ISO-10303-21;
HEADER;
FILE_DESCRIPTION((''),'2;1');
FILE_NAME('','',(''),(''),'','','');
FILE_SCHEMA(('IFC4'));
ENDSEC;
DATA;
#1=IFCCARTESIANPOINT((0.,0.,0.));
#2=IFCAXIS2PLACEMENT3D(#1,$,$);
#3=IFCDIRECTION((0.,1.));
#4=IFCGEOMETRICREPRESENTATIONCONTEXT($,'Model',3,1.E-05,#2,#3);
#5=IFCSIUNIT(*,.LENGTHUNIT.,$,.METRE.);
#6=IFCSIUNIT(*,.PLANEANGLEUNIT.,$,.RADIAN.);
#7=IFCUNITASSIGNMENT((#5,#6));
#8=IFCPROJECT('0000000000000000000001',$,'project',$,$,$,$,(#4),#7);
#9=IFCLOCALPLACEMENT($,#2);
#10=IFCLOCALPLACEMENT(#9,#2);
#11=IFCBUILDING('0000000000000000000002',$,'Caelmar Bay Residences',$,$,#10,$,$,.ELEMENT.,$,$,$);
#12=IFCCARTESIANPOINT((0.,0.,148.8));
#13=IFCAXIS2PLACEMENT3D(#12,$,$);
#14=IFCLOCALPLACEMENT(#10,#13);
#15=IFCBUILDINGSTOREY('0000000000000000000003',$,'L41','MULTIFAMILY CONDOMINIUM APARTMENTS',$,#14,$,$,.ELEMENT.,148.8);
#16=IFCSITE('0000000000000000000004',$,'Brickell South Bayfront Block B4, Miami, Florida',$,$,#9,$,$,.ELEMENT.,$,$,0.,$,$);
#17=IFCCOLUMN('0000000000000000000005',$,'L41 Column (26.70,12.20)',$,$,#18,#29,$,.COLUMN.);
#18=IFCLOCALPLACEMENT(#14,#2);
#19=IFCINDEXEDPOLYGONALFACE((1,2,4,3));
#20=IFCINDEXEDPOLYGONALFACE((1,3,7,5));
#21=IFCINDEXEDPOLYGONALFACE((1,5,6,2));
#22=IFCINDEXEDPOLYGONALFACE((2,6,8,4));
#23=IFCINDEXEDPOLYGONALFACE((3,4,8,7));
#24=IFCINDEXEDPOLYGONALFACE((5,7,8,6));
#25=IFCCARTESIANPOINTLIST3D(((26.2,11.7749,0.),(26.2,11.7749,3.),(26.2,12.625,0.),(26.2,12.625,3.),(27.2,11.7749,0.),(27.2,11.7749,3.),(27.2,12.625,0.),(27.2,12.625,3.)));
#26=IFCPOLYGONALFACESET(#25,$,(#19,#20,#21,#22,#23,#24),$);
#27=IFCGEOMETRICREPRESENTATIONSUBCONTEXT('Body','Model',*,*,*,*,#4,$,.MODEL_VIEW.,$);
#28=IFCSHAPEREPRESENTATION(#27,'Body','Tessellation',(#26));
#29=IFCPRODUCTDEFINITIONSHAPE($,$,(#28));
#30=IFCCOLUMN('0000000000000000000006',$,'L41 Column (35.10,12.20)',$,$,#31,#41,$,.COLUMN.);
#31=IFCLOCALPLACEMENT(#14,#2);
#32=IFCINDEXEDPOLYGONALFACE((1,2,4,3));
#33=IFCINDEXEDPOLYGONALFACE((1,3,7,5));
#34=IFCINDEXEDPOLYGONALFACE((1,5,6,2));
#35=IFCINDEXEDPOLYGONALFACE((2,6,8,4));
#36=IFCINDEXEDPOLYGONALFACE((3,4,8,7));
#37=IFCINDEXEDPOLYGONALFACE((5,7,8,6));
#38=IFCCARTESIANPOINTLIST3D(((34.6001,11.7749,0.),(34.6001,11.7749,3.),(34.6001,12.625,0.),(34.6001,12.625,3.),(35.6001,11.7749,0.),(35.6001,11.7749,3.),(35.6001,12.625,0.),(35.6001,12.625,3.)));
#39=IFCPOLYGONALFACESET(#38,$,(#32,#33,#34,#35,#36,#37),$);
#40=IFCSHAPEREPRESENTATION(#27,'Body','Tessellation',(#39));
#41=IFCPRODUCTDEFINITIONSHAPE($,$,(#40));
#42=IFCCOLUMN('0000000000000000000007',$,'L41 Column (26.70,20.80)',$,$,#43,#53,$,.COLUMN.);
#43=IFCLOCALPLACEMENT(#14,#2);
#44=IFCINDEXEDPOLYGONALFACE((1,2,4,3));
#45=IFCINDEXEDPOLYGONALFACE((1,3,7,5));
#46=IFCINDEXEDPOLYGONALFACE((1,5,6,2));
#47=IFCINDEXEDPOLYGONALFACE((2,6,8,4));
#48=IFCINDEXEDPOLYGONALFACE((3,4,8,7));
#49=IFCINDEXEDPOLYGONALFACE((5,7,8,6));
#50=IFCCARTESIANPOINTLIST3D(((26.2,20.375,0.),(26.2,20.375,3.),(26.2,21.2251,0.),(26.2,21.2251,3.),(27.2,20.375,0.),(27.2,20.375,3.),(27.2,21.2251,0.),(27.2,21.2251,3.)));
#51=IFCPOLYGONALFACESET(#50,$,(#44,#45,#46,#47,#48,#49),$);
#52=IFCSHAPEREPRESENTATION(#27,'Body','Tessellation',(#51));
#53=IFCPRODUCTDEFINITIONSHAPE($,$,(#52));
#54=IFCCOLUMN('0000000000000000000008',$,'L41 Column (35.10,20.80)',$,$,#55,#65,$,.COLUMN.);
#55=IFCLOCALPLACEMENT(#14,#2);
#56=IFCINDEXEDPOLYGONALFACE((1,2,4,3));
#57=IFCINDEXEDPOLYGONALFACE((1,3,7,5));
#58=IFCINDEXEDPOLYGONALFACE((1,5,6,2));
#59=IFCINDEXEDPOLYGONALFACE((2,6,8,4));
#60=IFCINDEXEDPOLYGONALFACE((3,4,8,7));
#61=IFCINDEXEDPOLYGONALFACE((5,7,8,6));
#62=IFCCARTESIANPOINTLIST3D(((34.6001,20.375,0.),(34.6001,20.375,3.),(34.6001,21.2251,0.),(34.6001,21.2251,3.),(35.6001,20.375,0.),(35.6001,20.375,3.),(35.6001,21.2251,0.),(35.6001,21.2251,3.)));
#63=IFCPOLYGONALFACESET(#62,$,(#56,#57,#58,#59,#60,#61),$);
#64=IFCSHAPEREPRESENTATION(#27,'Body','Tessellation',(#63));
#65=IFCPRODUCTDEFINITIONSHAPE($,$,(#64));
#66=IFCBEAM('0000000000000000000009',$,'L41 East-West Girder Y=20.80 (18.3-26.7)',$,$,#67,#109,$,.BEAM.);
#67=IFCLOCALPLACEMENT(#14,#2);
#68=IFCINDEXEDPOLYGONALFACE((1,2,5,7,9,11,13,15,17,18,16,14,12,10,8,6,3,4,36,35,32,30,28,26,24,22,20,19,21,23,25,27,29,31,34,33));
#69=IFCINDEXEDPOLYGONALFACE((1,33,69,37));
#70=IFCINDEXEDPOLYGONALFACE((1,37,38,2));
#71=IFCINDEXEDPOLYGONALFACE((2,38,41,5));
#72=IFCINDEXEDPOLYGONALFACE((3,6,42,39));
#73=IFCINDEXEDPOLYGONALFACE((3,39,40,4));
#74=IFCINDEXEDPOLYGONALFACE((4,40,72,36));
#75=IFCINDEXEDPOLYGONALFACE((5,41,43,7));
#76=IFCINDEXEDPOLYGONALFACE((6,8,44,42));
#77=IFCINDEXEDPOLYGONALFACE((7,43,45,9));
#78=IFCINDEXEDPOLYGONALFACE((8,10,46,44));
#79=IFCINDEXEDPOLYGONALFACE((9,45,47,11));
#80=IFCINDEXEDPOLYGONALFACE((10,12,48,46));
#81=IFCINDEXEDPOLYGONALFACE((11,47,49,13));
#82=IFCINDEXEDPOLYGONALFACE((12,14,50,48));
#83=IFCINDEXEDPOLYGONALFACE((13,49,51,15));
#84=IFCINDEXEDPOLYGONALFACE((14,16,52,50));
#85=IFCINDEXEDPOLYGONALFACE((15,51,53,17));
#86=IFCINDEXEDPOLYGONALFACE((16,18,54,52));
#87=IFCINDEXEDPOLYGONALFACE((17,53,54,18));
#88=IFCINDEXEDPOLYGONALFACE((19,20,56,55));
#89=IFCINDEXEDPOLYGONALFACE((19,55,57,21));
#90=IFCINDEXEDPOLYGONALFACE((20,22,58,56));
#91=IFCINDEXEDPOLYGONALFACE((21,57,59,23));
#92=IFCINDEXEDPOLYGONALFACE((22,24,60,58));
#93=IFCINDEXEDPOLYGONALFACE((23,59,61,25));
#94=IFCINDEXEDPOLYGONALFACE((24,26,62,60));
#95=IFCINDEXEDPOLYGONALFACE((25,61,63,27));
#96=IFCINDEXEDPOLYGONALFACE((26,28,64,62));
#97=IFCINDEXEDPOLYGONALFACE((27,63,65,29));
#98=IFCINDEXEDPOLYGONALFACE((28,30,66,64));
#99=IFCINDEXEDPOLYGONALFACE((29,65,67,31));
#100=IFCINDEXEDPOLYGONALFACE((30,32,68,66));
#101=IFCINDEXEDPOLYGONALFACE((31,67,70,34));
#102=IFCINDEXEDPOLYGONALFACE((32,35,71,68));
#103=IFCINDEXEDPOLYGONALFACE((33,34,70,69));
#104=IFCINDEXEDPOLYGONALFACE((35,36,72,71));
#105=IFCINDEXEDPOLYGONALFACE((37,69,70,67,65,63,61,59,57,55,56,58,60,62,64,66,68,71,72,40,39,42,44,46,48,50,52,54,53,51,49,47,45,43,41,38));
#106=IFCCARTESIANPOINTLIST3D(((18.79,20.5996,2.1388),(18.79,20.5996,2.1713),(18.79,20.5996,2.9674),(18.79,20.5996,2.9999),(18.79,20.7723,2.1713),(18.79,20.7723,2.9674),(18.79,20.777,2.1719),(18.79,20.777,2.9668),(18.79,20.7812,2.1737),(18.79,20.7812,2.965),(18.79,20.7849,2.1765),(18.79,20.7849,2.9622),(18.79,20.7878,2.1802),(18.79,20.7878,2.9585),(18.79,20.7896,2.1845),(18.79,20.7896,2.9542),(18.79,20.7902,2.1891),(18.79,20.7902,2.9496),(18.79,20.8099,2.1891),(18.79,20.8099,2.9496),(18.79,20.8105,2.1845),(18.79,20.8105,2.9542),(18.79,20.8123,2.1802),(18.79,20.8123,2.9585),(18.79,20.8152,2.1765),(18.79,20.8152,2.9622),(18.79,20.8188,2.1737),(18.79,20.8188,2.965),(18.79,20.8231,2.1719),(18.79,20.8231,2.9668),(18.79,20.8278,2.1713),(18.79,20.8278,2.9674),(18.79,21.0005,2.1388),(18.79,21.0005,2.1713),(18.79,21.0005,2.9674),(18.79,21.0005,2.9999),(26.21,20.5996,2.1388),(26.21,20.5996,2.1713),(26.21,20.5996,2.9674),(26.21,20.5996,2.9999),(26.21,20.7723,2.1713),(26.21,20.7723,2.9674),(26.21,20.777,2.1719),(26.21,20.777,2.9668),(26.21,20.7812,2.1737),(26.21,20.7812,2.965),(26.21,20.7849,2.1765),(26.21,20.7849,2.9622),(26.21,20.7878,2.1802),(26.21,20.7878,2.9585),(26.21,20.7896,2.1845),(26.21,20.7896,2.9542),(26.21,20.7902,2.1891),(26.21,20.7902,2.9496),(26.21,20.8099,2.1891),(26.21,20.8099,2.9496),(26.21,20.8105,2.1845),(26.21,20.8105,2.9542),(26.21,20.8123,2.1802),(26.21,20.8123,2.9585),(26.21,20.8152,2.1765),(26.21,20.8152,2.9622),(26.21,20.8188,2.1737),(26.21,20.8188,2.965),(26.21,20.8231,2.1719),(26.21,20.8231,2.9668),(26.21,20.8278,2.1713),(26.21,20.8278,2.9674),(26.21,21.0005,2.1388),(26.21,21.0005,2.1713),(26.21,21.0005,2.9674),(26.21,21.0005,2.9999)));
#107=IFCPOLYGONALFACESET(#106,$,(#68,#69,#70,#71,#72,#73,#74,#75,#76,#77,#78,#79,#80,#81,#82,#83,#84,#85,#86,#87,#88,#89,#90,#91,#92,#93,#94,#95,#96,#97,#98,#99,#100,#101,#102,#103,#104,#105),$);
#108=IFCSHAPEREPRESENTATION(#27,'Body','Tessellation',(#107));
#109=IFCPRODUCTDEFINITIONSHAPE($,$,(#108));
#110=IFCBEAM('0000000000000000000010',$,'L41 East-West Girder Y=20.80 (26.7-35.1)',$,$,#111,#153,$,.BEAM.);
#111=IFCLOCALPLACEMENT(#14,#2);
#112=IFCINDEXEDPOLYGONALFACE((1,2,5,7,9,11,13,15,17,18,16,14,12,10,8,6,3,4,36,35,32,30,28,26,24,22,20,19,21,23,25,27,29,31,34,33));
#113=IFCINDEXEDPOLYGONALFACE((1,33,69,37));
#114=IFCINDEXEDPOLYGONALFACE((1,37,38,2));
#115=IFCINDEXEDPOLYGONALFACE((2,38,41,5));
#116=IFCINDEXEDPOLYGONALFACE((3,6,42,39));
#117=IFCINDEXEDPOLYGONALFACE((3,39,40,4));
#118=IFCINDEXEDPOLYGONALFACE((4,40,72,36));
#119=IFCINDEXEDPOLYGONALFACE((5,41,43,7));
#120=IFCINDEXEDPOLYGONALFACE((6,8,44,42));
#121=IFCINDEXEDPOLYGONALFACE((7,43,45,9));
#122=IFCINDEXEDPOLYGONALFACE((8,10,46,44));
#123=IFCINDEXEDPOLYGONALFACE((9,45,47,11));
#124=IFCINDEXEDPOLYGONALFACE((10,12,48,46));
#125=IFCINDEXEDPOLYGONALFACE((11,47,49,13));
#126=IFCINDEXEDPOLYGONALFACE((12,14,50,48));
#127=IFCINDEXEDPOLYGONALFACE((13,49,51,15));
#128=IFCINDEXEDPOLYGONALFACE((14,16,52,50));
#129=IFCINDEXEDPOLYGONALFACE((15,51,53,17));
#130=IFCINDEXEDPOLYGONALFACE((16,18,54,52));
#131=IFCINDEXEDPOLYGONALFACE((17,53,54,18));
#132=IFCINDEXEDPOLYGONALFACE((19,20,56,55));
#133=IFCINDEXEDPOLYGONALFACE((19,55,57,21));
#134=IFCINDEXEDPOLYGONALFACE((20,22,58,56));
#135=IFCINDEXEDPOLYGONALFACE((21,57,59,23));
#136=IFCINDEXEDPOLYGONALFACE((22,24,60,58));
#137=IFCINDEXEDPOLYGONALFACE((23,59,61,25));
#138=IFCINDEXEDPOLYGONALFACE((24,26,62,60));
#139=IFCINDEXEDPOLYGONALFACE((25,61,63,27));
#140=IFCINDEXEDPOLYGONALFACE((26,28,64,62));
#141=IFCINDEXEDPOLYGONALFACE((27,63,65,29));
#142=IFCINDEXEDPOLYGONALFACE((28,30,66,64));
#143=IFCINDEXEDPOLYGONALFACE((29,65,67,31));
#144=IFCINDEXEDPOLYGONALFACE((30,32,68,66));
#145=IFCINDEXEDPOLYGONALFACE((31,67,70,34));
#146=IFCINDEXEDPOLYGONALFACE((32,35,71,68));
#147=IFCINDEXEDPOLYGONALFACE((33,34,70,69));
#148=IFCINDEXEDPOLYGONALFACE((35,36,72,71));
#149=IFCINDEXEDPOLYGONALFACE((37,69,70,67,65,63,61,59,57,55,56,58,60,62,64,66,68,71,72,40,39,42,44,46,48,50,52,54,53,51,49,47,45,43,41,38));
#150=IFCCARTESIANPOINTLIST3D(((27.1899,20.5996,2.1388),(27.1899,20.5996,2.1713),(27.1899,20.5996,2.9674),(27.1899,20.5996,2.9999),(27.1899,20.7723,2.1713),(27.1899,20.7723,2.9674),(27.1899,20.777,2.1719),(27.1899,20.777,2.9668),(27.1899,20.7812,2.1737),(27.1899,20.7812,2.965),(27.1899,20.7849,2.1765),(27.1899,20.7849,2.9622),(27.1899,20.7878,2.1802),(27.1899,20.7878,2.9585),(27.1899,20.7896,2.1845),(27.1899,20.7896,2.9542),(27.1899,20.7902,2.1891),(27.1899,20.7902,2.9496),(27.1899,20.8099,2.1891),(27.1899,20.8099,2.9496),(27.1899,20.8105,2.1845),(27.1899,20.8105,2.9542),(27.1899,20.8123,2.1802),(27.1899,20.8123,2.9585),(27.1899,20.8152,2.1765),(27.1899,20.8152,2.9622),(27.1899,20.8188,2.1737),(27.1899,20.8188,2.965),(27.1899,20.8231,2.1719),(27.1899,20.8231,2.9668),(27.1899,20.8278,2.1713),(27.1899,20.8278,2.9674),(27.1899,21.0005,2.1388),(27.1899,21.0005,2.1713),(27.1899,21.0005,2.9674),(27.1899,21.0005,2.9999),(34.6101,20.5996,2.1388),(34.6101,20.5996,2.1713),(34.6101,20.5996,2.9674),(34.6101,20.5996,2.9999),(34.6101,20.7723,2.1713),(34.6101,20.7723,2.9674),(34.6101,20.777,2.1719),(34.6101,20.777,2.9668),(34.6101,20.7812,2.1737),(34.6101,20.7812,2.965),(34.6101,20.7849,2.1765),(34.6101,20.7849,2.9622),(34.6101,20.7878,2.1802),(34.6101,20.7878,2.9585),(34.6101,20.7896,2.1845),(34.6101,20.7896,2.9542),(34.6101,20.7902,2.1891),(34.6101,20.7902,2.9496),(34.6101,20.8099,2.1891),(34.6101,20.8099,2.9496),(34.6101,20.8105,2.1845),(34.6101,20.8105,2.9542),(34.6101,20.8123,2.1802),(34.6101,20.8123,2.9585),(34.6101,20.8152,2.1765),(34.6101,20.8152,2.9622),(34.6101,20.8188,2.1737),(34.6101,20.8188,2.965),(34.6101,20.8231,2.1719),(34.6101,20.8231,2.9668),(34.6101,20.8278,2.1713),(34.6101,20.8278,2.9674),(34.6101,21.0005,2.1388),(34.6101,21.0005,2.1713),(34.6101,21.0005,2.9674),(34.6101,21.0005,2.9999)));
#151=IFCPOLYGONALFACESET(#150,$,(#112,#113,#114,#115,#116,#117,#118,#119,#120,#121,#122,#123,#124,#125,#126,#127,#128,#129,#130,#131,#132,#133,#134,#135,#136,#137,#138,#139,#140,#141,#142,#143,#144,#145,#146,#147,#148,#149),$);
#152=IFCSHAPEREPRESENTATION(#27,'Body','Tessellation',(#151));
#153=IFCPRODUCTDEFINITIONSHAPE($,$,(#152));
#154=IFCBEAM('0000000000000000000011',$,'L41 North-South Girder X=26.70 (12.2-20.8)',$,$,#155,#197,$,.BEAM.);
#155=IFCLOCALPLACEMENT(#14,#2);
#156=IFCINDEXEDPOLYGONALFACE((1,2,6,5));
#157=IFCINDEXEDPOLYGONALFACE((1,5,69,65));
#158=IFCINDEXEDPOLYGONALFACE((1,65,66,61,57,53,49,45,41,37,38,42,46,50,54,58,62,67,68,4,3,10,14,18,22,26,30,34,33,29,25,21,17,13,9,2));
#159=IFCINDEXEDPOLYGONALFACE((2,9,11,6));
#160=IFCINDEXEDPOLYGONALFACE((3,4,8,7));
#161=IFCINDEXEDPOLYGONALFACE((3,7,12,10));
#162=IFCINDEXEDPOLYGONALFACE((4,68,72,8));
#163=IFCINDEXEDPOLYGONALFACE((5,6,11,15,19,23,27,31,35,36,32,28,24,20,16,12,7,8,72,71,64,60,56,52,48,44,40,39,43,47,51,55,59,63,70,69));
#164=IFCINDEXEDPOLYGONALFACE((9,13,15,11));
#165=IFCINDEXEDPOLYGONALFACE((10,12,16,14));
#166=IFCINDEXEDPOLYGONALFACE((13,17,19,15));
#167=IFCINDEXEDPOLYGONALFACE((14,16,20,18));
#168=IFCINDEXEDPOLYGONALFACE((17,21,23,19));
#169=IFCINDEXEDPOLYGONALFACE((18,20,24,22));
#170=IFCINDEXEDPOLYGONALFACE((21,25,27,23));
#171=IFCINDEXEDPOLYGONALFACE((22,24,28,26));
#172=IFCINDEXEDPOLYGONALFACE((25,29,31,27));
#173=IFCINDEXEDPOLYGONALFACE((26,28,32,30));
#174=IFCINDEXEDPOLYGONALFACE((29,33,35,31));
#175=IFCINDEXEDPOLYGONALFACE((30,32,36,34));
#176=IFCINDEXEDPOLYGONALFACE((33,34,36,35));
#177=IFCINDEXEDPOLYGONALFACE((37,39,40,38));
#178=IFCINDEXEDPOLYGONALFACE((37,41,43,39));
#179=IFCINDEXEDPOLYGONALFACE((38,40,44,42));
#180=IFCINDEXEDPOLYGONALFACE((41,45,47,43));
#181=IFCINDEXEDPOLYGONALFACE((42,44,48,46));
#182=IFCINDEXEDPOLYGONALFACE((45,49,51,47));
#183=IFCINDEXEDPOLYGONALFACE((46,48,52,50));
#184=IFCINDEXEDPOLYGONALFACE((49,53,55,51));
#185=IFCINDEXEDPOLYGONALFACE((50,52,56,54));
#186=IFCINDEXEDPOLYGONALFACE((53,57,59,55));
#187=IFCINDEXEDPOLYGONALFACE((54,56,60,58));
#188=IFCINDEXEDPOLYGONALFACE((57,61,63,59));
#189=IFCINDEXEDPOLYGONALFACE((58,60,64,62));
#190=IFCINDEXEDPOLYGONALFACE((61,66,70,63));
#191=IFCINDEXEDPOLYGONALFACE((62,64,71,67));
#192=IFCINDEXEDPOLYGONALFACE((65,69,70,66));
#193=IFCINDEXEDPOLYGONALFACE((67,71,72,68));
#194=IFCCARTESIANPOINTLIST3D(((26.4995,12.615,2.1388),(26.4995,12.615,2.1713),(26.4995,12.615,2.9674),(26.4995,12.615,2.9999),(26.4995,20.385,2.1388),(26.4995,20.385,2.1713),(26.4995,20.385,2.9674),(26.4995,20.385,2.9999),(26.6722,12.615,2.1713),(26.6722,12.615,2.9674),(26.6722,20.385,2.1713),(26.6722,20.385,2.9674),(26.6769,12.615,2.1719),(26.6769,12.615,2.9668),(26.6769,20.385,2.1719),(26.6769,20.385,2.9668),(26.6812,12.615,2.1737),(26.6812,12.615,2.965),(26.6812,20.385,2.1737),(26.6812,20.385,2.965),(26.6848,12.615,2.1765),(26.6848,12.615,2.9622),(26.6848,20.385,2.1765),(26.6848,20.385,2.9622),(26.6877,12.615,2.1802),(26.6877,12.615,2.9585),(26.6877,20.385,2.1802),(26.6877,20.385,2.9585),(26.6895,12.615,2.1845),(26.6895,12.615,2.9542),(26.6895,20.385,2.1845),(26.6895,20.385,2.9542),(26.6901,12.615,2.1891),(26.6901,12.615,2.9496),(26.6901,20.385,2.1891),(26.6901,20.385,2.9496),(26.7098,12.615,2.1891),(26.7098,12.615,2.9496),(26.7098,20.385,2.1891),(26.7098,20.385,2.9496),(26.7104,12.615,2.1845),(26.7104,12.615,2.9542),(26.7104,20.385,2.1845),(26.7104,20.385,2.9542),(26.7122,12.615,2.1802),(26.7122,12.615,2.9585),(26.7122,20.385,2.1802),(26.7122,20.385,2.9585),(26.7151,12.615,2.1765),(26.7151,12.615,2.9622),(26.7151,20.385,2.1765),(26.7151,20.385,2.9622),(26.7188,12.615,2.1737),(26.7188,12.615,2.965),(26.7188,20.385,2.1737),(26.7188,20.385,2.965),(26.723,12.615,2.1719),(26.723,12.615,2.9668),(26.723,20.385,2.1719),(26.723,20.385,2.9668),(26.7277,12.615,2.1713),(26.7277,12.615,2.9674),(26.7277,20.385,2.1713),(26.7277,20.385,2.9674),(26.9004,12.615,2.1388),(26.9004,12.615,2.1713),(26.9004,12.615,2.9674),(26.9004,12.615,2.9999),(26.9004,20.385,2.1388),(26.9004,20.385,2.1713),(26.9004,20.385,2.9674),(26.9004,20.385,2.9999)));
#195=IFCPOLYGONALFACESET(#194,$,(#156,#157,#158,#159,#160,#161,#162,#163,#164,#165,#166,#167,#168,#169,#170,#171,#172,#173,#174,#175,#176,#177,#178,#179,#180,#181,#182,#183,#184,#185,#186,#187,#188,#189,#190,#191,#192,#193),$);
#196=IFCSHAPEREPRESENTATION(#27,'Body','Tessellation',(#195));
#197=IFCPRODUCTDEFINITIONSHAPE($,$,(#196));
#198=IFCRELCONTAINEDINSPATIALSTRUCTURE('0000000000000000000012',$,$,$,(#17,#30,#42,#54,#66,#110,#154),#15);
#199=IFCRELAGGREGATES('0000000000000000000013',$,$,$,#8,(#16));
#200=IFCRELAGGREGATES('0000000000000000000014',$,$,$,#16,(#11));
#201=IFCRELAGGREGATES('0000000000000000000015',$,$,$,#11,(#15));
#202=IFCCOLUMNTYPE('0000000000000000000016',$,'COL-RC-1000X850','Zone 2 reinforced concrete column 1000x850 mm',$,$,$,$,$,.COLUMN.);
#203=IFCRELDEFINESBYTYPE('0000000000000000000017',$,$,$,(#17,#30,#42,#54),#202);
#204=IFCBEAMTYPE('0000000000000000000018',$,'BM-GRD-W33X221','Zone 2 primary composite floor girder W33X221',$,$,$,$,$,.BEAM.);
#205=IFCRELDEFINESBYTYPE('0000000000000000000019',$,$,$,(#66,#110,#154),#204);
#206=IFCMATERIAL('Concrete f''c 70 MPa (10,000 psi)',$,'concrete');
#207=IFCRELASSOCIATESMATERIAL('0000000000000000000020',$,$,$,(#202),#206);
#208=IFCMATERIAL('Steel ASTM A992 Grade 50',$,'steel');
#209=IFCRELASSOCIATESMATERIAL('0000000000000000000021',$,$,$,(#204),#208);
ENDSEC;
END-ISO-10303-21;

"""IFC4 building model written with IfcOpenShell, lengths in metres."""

from ifc_helpers import new_model, si_unit, direction, frame, origin, origin_2d, place, context, subcontext, project, spatial, rectangle, i_section, extrude, material, material_profile, profile_set, type_object, element, save


model = new_model("IFC4")

# Units and contexts
model_context = context("Model", 3, precision=1e-05, world=origin(), true_north=direction((0.0, 1.0)))
body_context = subcontext(model_context, "Body", "Model", "MODEL_VIEW")
ifc_project = project(units=[si_unit("LENGTHUNIT", "METRE"), si_unit("PLANEANGLEUNIT", "RADIAN")], contexts=[model_context])

# Site, building, storey
site_placement = place(None, origin())
site = spatial("IfcSite", under=ifc_project, at=site_placement, Name="Brickell South Bayfront Block B4, Miami, Florida", CompositionType="ELEMENT", RefElevation=0.0)
building_placement = place(site_placement, origin())
building = spatial("IfcBuilding", under=site, at=building_placement, Name="Caelmar Bay Residences", CompositionType="ELEMENT")
storey_placement = place(building_placement, frame((0.0, 0.0, 148.8)))
storey = spatial("IfcBuildingStorey", under=building, at=storey_placement, Name="L41", Description="MULTIFAMILY CONDOMINIUM APARTMENTS", CompositionType="ELEMENT", Elevation=148.8)

# Columns
ifc_material_1 = material(Name="Concrete f'c 70 MPa (10,000 psi)", Category="concrete")
ifc_material_profile_1 = material_profile(ifc_material_1, rectangle(XDim=1.0, YDim=0.8501, at=origin_2d()), Name="RC-COL-1000X850")
ifc_profile_set_1 = profile_set([ifc_material_profile_1], Name="Concrete f'c 70 MPa (10,000 psi)")
column_type = type_object("IfcColumnType", Name="COL-RC-1000X850", Description="Zone 2 reinforced concrete column 1000x850 mm", PredefinedType="COLUMN", material=ifc_profile_set_1)
for number, where, z_axis, x_axis, name in (
    (1, (26.7, 12.2, 0.0), (0.0, 0.0, 1.0), (1.0, 0.0, 0.0), "L41 Column (26.70,12.20)"),
    (2, (35.1001, 12.2, 0.0), (0.0, 0.0, 1.0), (1.0, 0.0, 0.0), "L41 Column (35.10,12.20)"),
    (3, (26.7, 20.8, 0.0), (0.0, 0.0, 1.0), (1.0, 0.0, 0.0), "L41 Column (26.70,20.80)"),
    (4, (35.1001, 20.8, 0.0), (0.0, 0.0, 1.0), (1.0, 0.0, 0.0), "L41 Column (35.10,20.80)"),
):
    element("IfcColumn", number, at=place(storey_placement, frame(where, z_axis=z_axis, x_axis=x_axis)), inside=storey, type_object=column_type, Name=name, PredefinedType="COLUMN", context=body_context, shape_type="SweptSolid", body=[
        extrude(rectangle(XDim=1.0, YDim=0.8501, at=origin_2d()), origin(), (0.0, 0.0, 1.0), 3.0),
    ])

# Beams
ifc_material_2 = material(Name="Steel ASTM A992 Grade 50", Category="steel")
ifc_material_profile_2 = material_profile(ifc_material_2, i_section(OverallWidth=0.4009, OverallDepth=0.8611, WebThickness=0.0198, FlangeThickness=0.0325, FilletRadius=0.0178, at=origin_2d()), Name="W33X221")
ifc_profile_set_2 = profile_set([ifc_material_profile_2], Name="Steel ASTM A992 Grade 50")
beam_type_1 = type_object("IfcBeamType", Name="BM-GRD-W33X221", Description="Zone 2 primary composite floor girder W33X221", PredefinedType="BEAM", material=ifc_profile_set_2)
beam_1_placement = place(storey_placement, frame((18.79, 20.8, 2.5693), z_axis=(1.0, 0.0, 0.0), x_axis=(0.0, 1.0, 0.0)))
element("IfcBeam", 5, at=beam_1_placement, inside=storey, type_object=beam_type_1, Name="L41 East-West Girder Y=20.80 (18.3-26.7)", PredefinedType="BEAM", context=body_context, shape_type="SweptSolid", body=[
    extrude(i_section(OverallWidth=0.4009, OverallDepth=0.8611, WebThickness=0.0198, FlangeThickness=0.0325, FilletRadius=0.0178, at=origin_2d()), origin(), (0.0, 0.0, 1.0), 7.4199),
])
beam_2_placement = place(storey_placement, frame((27.1899, 20.8, 2.5693), z_axis=(1.0, 0.0, 0.0), x_axis=(0.0, 1.0, 0.0)))
element("IfcBeam", 6, at=beam_2_placement, inside=storey, type_object=beam_type_1, Name="L41 East-West Girder Y=20.80 (26.7-35.1)", PredefinedType="BEAM", context=body_context, shape_type="SweptSolid", body=[
    extrude(i_section(OverallWidth=0.4009, OverallDepth=0.8611, WebThickness=0.0198, FlangeThickness=0.0325, FilletRadius=0.0178, at=origin_2d()), origin(), (0.0, 0.0, 1.0), 7.4202),
])
beam_3_placement = place(storey_placement, frame((26.7, 12.615, 2.5693), z_axis=(0.0, 1.0, 0.0), x_axis=(-1.0, 0.0, 0.0)))
element("IfcBeam", 7, at=beam_3_placement, inside=storey, type_object=beam_type_1, Name="L41 North-South Girder X=26.70 (12.2-20.8)", PredefinedType="BEAM", context=body_context, shape_type="SweptSolid", body=[
    extrude(i_section(OverallWidth=0.4009, OverallDepth=0.8611, WebThickness=0.0198, FlangeThickness=0.0325, FilletRadius=0.0178, at=origin_2d()), origin(), (0.0, 0.0, 1.0), 7.77),
])

save(model, "model.ifc")
